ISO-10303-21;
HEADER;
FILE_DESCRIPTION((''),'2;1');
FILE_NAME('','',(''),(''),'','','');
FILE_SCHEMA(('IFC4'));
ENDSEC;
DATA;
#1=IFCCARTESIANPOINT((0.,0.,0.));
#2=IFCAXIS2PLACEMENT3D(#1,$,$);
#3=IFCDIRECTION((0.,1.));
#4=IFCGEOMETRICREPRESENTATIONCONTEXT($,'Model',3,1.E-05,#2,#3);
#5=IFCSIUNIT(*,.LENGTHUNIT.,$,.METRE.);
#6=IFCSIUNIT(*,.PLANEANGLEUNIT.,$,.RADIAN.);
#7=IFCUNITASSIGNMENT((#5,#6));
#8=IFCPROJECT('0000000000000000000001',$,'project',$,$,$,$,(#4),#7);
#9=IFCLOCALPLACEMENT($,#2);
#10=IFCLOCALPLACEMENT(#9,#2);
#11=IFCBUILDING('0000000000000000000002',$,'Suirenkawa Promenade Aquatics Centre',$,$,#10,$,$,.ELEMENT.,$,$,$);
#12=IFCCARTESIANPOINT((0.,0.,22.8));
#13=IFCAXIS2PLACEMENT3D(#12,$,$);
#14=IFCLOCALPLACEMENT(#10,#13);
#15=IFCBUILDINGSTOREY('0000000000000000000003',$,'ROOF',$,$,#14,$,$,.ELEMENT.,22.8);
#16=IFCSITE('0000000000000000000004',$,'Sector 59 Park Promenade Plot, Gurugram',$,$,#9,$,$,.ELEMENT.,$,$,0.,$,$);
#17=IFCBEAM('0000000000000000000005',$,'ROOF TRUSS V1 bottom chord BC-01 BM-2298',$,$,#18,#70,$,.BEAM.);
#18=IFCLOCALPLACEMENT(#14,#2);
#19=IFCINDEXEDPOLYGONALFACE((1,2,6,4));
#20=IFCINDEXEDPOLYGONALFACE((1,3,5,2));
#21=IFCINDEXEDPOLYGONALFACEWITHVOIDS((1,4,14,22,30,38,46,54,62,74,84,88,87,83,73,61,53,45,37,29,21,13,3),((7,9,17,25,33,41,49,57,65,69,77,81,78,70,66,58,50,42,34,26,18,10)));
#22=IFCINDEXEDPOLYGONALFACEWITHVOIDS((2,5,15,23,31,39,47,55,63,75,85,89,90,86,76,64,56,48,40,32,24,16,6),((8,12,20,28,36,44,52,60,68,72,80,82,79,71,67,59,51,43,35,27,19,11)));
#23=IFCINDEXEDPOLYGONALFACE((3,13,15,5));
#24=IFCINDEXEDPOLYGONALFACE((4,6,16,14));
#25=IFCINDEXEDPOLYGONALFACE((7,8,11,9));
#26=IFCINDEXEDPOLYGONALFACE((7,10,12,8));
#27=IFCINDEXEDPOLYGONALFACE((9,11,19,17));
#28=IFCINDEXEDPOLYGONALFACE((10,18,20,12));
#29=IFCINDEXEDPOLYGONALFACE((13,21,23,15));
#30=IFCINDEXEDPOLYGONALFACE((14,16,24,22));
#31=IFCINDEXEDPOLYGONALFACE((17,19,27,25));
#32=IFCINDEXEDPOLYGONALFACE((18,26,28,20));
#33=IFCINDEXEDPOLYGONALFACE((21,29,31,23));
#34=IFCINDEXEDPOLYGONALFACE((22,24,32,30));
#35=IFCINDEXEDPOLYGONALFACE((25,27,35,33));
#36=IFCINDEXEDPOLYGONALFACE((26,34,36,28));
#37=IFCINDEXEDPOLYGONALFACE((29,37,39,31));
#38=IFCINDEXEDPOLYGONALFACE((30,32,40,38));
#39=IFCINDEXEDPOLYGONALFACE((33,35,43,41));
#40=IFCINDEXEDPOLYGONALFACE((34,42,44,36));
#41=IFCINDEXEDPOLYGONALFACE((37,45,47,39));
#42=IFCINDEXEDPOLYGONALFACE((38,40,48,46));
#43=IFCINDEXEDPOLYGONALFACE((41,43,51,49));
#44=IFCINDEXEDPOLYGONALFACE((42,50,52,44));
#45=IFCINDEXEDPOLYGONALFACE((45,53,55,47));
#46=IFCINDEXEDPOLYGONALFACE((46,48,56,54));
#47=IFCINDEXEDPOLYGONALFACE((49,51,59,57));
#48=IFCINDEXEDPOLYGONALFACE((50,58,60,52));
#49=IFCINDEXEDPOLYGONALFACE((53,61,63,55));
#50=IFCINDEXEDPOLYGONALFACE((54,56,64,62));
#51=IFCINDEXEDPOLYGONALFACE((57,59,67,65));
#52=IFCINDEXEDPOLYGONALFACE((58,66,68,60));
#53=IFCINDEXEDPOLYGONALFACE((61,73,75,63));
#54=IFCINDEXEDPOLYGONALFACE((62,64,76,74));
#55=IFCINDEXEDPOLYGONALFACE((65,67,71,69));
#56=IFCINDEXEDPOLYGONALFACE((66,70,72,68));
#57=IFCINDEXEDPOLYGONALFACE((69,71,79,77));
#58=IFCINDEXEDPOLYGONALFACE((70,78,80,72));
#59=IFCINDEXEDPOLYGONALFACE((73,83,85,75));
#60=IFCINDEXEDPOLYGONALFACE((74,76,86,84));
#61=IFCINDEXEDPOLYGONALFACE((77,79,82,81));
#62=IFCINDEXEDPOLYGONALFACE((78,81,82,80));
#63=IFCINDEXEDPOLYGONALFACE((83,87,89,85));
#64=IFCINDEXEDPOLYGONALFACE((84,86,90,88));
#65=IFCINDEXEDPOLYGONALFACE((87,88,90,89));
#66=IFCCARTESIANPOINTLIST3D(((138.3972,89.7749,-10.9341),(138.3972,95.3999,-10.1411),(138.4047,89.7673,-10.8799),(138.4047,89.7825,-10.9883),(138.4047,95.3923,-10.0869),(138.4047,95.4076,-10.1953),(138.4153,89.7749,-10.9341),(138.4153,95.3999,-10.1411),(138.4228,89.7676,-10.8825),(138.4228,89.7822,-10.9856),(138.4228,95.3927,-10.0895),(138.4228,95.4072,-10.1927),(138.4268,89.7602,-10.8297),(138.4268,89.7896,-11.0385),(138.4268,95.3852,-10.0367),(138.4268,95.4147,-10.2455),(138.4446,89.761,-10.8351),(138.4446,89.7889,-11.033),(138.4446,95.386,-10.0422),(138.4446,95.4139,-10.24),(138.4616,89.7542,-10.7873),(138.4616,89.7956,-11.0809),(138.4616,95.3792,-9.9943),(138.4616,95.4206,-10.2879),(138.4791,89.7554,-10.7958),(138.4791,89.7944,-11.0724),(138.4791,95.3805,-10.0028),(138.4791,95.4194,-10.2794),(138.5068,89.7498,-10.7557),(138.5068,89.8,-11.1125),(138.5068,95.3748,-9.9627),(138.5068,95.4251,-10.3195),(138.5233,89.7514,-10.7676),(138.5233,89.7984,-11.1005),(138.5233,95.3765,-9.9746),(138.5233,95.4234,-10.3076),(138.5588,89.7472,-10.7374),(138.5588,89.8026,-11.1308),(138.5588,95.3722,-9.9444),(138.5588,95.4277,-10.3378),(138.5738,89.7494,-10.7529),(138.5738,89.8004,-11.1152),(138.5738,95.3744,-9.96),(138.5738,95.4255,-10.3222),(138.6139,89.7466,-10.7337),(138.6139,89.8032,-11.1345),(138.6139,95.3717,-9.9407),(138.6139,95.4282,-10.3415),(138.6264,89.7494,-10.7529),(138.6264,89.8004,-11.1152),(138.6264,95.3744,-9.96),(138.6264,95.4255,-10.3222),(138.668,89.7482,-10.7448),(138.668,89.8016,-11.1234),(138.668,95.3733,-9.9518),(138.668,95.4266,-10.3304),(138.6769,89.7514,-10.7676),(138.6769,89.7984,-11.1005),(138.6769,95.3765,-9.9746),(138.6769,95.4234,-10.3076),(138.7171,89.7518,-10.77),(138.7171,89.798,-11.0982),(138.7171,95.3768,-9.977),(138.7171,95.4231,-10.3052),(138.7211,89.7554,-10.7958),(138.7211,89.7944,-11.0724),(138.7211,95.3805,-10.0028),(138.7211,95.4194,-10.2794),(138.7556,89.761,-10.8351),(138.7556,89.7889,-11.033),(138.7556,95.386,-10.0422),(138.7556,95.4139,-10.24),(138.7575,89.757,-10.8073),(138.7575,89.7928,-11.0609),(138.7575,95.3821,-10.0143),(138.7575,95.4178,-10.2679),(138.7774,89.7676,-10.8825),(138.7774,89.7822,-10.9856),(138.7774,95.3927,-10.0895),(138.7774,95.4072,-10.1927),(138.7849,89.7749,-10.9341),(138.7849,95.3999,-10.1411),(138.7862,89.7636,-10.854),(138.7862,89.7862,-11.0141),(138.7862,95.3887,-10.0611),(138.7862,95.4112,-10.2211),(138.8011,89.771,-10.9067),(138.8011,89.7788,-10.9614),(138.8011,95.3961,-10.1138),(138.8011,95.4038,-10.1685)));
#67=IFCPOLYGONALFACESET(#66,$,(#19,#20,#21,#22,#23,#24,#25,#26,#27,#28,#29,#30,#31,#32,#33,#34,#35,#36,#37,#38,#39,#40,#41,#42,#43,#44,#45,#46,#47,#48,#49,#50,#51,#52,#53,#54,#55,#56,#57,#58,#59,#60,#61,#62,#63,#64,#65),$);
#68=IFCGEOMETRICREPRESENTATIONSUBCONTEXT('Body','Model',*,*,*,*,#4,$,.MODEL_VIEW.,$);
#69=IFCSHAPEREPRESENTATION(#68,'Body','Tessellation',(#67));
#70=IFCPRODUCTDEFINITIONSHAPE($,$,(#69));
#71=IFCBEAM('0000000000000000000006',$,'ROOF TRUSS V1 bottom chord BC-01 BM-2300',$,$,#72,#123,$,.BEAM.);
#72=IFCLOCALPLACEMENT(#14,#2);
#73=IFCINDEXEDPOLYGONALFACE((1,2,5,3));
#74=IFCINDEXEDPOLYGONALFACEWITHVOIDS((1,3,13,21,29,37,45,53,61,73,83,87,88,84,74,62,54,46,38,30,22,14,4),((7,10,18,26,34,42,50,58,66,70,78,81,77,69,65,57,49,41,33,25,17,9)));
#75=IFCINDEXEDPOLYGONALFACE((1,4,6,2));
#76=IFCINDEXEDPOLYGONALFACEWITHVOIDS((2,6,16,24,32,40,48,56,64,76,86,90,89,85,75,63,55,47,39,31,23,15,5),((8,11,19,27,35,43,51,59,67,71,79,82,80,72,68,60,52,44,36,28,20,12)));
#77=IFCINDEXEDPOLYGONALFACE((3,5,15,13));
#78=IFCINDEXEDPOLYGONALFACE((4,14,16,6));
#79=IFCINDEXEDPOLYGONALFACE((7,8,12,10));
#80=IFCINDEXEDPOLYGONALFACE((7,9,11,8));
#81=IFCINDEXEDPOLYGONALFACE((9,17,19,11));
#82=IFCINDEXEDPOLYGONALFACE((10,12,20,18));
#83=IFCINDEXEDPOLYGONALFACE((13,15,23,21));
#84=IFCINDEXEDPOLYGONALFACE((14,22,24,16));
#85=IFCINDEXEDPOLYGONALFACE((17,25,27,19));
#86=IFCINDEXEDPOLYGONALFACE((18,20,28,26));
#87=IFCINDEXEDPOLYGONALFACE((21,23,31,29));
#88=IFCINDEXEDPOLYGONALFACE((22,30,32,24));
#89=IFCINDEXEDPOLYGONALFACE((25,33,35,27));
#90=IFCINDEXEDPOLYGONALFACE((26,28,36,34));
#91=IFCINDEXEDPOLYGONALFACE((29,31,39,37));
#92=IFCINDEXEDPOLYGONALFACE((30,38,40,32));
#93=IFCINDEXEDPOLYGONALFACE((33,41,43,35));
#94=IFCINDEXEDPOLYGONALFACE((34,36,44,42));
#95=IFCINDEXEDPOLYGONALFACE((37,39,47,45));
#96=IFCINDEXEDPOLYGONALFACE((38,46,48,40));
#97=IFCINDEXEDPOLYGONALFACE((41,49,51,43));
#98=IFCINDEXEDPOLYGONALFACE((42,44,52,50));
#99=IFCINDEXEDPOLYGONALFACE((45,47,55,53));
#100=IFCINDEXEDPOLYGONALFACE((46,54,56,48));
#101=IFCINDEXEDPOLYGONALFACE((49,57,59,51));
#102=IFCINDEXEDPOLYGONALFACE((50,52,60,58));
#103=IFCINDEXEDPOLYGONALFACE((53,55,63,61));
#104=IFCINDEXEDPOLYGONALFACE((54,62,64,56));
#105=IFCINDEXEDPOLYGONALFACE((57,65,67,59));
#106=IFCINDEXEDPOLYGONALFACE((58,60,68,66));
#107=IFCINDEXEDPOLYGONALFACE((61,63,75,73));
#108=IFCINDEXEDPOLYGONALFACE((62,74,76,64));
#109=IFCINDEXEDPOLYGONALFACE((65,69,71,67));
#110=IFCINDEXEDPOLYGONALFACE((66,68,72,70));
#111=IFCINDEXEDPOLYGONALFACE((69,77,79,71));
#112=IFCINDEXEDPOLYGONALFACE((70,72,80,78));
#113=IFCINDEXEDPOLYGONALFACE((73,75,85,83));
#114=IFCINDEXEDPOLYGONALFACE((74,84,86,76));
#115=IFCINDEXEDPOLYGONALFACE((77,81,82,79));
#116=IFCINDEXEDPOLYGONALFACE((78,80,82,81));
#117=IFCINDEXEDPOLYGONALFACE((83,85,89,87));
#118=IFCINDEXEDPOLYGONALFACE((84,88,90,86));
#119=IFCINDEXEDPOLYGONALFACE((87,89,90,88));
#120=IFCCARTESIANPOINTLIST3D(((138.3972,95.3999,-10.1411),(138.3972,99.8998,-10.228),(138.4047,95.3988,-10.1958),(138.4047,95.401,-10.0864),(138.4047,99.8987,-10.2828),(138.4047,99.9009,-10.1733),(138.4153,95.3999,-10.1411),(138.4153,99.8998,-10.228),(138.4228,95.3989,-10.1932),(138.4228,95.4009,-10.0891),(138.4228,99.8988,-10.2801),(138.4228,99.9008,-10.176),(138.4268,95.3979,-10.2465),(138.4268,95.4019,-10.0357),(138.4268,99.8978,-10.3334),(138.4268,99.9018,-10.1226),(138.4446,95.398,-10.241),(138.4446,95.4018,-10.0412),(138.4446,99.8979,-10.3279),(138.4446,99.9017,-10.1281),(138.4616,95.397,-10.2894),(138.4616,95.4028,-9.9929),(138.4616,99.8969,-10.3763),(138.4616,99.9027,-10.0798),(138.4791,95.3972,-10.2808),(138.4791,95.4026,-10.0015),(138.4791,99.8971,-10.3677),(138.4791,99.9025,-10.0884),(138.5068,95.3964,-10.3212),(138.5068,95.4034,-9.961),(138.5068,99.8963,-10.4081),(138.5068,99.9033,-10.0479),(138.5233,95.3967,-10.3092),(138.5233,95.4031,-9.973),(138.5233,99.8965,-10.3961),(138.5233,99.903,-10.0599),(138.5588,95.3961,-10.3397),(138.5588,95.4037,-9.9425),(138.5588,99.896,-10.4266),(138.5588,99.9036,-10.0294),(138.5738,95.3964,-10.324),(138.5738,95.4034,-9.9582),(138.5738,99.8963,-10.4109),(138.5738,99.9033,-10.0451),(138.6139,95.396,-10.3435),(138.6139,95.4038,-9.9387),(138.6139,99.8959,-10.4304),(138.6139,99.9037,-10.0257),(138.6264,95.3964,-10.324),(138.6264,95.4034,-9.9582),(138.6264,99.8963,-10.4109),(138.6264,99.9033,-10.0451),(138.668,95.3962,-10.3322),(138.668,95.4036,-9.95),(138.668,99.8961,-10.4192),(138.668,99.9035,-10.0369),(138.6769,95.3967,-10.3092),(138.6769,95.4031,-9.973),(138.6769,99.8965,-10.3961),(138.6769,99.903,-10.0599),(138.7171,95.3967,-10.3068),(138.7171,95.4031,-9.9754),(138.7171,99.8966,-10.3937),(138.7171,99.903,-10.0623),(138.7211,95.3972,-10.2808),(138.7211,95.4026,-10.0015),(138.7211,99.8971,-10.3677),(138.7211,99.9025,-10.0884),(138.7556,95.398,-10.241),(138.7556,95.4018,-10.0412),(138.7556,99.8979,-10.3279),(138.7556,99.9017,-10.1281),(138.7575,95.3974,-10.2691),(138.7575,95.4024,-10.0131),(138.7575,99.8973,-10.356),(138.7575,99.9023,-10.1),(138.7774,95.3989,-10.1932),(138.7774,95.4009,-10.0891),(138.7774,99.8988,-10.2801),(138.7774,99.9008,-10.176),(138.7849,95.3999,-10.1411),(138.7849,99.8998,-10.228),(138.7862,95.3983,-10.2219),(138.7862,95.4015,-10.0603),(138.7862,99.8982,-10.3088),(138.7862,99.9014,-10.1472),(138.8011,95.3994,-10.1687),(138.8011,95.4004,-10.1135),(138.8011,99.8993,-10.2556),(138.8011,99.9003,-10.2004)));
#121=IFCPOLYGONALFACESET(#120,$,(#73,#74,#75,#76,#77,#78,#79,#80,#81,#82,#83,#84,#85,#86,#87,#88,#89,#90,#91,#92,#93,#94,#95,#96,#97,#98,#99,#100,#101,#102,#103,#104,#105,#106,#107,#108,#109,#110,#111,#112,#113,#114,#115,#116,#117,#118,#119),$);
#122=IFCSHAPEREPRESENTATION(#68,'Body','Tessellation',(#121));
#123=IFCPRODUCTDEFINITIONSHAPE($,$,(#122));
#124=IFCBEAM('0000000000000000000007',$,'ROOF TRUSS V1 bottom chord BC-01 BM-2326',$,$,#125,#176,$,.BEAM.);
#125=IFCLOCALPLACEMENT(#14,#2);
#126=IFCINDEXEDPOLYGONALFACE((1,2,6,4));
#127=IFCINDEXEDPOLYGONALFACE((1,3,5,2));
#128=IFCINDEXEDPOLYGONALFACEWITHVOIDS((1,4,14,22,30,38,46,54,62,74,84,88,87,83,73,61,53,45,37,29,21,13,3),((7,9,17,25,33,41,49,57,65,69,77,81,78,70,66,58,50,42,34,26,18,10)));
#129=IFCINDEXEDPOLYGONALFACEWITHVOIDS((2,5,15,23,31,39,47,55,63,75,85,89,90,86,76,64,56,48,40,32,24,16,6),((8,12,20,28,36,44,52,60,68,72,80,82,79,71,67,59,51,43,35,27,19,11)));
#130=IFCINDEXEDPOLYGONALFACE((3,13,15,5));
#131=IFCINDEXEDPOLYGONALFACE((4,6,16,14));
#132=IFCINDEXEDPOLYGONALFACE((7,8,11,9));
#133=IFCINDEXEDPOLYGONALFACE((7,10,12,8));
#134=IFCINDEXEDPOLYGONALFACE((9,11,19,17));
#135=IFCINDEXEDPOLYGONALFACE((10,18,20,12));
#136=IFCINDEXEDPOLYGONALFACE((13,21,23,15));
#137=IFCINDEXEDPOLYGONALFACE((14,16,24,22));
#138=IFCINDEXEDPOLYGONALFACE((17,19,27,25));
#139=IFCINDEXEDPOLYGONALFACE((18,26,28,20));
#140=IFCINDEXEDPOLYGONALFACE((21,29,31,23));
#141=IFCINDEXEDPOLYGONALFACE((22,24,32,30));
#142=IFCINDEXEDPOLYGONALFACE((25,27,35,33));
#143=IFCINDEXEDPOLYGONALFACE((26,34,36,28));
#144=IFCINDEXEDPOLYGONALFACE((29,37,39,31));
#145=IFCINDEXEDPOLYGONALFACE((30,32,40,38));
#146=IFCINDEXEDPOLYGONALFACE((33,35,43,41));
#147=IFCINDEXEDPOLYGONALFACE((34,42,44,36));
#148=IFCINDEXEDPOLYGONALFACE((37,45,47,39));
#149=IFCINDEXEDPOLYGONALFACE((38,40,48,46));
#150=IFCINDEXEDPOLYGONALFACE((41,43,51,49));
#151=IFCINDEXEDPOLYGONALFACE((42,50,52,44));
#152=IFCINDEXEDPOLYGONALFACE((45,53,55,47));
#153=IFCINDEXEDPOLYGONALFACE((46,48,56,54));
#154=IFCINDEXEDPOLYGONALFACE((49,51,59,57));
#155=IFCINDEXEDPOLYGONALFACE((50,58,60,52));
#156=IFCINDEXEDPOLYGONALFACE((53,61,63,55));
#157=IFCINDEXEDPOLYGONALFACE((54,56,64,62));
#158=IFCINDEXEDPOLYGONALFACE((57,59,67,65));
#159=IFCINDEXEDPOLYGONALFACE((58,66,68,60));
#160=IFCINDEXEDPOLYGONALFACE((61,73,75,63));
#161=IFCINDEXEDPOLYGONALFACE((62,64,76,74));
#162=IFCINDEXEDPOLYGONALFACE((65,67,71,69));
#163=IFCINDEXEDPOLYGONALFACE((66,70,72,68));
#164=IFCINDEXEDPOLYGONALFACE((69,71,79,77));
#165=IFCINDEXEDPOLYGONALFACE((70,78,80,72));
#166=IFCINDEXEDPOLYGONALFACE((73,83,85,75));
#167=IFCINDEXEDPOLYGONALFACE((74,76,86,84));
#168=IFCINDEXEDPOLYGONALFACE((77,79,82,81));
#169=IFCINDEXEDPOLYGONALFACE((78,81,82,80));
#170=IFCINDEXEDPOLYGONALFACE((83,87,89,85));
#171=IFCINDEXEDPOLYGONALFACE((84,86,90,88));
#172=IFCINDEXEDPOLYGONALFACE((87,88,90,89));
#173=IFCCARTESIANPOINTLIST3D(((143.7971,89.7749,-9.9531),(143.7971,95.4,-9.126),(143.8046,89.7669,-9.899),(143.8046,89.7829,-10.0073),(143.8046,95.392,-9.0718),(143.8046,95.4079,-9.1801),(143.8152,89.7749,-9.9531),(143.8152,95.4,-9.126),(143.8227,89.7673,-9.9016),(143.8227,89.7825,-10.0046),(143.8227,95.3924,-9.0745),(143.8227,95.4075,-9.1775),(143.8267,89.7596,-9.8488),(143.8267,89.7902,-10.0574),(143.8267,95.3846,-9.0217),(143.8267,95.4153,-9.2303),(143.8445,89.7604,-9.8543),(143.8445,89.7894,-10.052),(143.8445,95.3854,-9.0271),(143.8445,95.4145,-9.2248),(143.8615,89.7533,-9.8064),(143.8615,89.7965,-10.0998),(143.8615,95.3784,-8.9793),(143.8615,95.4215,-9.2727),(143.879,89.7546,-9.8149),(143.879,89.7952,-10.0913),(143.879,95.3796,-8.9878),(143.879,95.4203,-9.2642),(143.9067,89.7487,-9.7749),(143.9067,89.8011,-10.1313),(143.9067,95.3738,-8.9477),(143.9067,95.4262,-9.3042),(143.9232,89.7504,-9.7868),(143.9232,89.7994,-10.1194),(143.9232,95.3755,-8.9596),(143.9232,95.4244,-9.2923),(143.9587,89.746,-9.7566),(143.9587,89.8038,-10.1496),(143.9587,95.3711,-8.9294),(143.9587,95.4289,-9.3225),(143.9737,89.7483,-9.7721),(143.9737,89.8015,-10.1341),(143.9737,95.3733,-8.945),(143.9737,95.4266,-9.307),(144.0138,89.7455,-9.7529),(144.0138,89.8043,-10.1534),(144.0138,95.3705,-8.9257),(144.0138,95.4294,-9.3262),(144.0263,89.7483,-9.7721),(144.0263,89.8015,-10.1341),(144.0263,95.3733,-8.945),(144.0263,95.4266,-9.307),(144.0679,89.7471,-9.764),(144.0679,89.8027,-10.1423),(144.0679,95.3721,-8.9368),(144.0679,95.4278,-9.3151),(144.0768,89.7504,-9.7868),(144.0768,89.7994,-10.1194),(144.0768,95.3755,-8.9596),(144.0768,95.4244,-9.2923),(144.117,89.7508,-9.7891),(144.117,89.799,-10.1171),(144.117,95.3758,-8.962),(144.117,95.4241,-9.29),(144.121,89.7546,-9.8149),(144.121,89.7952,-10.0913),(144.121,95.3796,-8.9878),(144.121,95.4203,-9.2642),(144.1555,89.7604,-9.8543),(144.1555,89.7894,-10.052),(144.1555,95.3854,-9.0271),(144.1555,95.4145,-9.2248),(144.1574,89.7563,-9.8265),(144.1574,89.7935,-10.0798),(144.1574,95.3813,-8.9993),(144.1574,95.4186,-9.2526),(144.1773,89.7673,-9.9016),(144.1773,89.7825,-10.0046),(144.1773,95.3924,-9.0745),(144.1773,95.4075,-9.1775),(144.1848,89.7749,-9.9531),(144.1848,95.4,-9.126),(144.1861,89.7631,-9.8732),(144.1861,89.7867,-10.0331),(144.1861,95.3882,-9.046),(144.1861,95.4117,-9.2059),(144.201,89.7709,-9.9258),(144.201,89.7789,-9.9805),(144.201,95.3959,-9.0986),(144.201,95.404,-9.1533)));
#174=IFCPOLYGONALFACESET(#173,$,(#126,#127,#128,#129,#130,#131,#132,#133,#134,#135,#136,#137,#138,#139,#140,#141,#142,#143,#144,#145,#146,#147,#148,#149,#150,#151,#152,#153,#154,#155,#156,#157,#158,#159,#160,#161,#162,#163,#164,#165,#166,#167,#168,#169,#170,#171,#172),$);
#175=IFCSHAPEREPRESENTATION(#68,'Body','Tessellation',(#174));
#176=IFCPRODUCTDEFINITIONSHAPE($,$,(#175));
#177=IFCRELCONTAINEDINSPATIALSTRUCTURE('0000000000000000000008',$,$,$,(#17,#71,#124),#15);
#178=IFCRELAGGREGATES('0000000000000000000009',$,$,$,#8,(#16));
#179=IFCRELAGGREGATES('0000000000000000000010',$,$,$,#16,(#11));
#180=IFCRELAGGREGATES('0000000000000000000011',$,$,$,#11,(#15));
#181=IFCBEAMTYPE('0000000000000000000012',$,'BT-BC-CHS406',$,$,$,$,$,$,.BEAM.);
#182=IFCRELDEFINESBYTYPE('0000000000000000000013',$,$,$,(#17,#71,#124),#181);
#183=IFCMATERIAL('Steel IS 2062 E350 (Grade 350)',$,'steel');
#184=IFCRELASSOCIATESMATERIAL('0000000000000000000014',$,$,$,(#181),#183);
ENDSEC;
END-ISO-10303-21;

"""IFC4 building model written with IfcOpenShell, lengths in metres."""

from ifc_helpers import new_model, si_unit, direction, frame, origin, origin_2d, place, context, subcontext, project, spatial, hollow_circle, extrude, material, material_profile, profile_set, type_object, element, save


model = new_model("IFC4")

# Units and contexts
model_context = context("Model", 3, precision=1e-05, world=origin(), true_north=direction((0.0, 1.0)))
body_context = subcontext(model_context, "Body", "Model", "MODEL_VIEW")
ifc_project = project(units=[si_unit("LENGTHUNIT", "METRE"), si_unit("PLANEANGLEUNIT", "RADIAN")], contexts=[model_context])

# Site, building, storey
site_placement = place(None, origin())
site = spatial("IfcSite", under=ifc_project, at=site_placement, Name="Sector 59 Park Promenade Plot, Gurugram", CompositionType="ELEMENT", RefElevation=0.0)
building_placement = place(site_placement, origin())
building = spatial("IfcBuilding", under=site, at=building_placement, Name="Suirenkawa Promenade Aquatics Centre", CompositionType="ELEMENT")
storey_placement = place(building_placement, frame((0.0, 0.0, 22.8)))
storey = spatial("IfcBuildingStorey", under=building, at=storey_placement, Name="ROOF", CompositionType="ELEMENT", Elevation=22.8)

# Beams
ifc_material = material(Name="Steel IS 2062 E350 (Grade 350)", Category="steel")
ifc_material_profile_1 = material_profile(ifc_material, hollow_circle(Radius=0.2029, WallThickness=0.0181, at=origin_2d()), Name="CHS 406x18", Category="steel")
ifc_profile_set_1 = profile_set([ifc_material_profile_1], Name="Steel IS 2062 E350 (Grade 350)")
beam_type_1 = type_object("IfcBeamType", Name="BT-BC-CHS406", PredefinedType="BEAM", material=ifc_profile_set_1)
beam_1_placement = place(storey_placement, frame((138.6001, 89.7749, -10.9341), z_axis=(0.0, 0.990209, 0.139592), x_axis=(-1.0, 0.0, 0.0)))
element("IfcBeam", 1, at=beam_1_placement, inside=storey, type_object=beam_type_1, Name="ROOF TRUSS V1 bottom chord BC-01 BM-2298", PredefinedType="BEAM", context=body_context, shape_type="SweptSolid", body=[
    extrude(hollow_circle(Radius=0.2029, WallThickness=0.0181, at=origin_2d()), origin(), (0.0, 0.0, 1.0), 5.6807),
])
beam_2_placement = place(storey_placement, frame((138.6001, 95.3999, -10.1411), z_axis=(0.0, 0.999814, -0.019311), x_axis=(-1.0, 0.0, 0.0)))
element("IfcBeam", 2, at=beam_2_placement, inside=storey, type_object=beam_type_1, Name="ROOF TRUSS V1 bottom chord BC-01 BM-2300", PredefinedType="BEAM", context=body_context, shape_type="SweptSolid", body=[
    extrude(hollow_circle(Radius=0.2029, WallThickness=0.0181, at=origin_2d()), origin(), (0.0, 0.0, 1.0), 4.5007),
])
beam_3_placement = place(storey_placement, frame((144.0, 89.7749, -9.9531), z_axis=(0.0, 0.989361, 0.145484), x_axis=(-1.0, 0.0, 0.0)))
element("IfcBeam", 3, at=beam_3_placement, inside=storey, type_object=beam_type_1, Name="ROOF TRUSS V1 bottom chord BC-01 BM-2326", PredefinedType="BEAM", context=body_context, shape_type="SweptSolid", body=[
    extrude(hollow_circle(Radius=0.2029, WallThickness=0.0181, at=origin_2d()), origin(), (0.0, 0.0, 1.0), 5.6855),
])

save(model, "model.ifc")
